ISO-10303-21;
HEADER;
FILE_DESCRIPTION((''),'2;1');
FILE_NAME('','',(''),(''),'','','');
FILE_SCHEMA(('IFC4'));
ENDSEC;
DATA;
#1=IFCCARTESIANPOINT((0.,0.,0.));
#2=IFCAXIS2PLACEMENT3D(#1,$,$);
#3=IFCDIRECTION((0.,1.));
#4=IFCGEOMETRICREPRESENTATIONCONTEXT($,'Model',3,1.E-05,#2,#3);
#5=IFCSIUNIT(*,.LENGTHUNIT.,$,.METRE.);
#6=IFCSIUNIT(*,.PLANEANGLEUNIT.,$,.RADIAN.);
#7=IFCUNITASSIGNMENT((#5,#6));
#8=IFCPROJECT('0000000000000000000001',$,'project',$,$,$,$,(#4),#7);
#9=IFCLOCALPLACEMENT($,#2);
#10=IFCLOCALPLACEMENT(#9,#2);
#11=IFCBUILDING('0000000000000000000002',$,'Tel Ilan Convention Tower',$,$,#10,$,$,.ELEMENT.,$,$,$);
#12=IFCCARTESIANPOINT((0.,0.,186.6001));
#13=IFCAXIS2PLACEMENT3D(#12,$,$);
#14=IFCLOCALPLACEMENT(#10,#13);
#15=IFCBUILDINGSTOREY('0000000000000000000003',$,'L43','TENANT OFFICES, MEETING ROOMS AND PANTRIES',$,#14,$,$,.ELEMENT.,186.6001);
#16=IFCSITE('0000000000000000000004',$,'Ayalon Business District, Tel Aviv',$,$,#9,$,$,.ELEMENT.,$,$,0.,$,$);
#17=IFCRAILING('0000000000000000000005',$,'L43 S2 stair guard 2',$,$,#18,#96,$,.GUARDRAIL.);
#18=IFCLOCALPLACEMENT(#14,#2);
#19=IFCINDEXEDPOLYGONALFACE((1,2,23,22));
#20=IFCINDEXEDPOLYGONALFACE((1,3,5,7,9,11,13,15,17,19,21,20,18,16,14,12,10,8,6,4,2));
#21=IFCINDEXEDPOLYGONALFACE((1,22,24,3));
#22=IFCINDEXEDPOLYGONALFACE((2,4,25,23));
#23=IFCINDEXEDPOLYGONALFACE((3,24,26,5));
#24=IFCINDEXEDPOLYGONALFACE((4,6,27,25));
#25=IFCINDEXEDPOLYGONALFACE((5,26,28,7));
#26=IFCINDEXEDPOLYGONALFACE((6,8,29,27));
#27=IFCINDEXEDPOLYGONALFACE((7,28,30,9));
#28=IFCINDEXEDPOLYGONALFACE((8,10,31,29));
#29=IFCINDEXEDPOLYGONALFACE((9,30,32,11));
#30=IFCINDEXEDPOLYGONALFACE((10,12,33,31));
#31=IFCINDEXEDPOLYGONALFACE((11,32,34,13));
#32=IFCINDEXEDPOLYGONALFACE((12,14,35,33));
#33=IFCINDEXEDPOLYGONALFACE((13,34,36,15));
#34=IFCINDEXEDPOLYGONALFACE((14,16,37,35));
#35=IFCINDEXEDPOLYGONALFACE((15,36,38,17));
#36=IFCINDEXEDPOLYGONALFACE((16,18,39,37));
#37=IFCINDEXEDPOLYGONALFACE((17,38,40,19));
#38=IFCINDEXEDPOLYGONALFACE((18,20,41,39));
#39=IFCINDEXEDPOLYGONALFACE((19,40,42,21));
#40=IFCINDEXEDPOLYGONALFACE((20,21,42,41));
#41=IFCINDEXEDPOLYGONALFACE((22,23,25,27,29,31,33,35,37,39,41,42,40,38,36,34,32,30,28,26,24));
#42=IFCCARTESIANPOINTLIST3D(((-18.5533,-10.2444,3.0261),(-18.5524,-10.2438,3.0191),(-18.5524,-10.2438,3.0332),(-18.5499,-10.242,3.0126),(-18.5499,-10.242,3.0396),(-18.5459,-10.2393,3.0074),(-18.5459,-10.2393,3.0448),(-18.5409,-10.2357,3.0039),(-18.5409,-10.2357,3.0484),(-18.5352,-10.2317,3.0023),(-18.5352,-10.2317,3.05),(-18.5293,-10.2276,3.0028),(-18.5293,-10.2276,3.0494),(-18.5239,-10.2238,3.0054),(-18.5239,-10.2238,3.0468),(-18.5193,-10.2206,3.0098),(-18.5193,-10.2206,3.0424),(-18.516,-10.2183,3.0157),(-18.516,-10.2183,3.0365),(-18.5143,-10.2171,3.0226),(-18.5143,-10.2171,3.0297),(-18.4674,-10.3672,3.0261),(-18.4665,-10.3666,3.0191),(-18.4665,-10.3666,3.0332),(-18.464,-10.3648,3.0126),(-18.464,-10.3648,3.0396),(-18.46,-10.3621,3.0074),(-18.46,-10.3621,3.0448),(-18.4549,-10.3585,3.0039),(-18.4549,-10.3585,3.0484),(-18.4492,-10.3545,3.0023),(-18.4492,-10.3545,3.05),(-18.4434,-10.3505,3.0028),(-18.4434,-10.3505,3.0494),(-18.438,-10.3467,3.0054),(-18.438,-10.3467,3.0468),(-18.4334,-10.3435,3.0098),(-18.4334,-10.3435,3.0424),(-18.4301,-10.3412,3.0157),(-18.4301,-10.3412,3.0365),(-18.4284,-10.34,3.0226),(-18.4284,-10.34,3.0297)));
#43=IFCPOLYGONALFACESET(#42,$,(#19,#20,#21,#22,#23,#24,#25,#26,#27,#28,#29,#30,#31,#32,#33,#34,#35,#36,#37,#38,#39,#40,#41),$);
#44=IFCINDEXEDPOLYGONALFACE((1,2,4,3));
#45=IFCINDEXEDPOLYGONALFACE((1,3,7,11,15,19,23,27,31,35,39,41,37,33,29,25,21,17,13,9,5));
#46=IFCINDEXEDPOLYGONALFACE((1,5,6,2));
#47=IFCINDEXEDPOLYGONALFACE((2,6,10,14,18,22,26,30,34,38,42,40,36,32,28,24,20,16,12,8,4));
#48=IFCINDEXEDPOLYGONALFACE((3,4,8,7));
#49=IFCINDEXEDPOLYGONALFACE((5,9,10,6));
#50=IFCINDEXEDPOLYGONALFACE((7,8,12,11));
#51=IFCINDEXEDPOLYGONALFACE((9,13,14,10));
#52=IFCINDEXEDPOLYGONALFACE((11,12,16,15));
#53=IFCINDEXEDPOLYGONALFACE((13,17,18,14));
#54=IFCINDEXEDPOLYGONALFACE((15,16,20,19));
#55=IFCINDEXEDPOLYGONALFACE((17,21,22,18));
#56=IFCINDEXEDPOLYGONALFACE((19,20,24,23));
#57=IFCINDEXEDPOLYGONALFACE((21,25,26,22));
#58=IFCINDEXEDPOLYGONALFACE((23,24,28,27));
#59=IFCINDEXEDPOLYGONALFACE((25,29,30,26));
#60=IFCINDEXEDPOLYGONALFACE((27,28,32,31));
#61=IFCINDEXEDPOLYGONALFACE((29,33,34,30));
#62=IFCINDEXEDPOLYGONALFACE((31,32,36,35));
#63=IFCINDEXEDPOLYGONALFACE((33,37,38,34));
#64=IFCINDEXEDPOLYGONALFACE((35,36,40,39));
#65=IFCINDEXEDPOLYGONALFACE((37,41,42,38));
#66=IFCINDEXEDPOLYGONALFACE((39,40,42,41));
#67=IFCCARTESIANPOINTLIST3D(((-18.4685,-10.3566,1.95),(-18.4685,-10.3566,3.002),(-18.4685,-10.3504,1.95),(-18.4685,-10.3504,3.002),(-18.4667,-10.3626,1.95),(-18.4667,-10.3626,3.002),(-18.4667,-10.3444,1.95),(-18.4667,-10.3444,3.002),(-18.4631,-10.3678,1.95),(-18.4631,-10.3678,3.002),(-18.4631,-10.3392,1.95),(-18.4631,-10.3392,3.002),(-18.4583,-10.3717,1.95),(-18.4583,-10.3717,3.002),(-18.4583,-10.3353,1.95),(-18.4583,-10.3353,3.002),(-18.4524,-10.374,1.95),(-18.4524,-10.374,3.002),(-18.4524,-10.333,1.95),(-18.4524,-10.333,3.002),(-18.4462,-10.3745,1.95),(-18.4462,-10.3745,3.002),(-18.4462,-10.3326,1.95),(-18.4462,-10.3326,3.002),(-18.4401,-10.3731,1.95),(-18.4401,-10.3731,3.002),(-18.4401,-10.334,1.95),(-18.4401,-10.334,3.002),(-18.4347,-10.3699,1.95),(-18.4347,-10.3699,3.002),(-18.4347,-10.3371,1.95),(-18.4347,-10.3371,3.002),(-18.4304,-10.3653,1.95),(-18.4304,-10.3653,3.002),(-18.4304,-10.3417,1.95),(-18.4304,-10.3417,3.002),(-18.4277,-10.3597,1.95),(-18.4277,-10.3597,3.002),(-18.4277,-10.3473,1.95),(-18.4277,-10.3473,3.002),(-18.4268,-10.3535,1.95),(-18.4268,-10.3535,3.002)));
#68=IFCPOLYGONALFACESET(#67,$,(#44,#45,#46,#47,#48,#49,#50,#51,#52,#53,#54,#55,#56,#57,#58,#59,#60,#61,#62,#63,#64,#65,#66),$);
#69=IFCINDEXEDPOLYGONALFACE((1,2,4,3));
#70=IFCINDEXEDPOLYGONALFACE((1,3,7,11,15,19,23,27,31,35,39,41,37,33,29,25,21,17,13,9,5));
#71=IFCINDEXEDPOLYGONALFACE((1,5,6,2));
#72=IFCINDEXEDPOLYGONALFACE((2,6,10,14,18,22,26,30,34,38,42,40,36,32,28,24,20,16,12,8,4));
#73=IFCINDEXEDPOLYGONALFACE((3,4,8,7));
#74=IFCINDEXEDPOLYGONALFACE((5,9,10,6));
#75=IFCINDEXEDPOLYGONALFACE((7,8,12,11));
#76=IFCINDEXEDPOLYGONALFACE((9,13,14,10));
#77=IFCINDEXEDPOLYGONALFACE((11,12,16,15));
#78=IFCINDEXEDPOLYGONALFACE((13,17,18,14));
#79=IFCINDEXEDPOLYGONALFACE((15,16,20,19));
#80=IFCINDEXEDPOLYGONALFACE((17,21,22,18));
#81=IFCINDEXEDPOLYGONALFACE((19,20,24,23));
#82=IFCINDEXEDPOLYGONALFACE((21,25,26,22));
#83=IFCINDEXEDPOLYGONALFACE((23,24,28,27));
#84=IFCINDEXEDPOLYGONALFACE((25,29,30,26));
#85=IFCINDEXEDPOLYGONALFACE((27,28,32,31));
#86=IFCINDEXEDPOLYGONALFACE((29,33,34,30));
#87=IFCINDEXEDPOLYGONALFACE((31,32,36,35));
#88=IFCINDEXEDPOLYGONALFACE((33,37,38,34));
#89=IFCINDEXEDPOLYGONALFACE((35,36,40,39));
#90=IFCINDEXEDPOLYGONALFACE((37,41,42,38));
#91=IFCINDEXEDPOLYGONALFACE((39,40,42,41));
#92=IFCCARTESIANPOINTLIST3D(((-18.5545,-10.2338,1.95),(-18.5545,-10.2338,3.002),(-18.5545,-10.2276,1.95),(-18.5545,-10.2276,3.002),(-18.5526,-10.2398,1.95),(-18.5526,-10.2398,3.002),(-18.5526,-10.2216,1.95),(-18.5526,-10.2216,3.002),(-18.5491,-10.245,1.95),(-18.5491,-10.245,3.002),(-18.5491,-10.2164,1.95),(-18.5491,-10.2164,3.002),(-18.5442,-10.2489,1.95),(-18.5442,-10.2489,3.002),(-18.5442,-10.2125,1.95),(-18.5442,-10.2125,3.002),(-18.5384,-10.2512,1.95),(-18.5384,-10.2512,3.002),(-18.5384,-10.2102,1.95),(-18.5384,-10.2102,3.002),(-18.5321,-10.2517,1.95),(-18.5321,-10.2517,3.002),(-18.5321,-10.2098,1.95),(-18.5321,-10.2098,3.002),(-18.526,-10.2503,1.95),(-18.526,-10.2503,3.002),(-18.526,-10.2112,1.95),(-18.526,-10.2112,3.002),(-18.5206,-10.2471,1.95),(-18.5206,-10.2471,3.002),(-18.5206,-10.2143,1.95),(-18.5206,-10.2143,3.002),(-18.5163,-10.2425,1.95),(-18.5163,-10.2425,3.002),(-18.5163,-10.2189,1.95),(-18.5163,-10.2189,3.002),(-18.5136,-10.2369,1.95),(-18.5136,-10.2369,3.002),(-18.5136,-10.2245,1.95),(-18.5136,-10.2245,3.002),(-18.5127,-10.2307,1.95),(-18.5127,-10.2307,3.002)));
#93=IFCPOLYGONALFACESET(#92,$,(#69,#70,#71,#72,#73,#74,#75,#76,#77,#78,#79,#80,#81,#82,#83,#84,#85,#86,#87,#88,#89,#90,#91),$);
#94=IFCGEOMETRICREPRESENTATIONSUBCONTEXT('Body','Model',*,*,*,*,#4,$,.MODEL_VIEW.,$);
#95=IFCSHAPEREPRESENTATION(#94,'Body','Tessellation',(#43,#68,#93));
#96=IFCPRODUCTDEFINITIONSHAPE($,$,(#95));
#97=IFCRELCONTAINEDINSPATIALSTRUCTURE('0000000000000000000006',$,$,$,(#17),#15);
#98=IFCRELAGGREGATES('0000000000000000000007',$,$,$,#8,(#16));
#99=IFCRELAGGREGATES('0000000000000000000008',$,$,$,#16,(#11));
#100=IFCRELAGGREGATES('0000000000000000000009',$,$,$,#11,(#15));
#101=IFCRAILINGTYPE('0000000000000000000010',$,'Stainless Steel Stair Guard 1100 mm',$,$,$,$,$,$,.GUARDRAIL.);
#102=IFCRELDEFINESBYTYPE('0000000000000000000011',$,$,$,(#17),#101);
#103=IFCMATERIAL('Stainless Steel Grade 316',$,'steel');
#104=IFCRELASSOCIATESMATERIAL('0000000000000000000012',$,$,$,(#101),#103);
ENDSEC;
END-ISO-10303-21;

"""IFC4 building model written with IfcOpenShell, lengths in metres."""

from ifc_helpers import new_model, si_unit, direction, frame, origin, origin_2d, place, context, subcontext, project, spatial, circle, extrude, material, type_object, element, save


model = new_model("IFC4")

# Units and contexts
model_context = context("Model", 3, precision=1e-05, world=origin(), true_north=direction((0.0, 1.0)))
body_context = subcontext(model_context, "Body", "Model", "MODEL_VIEW")
ifc_project = project(units=[si_unit("LENGTHUNIT", "METRE"), si_unit("PLANEANGLEUNIT", "RADIAN")], contexts=[model_context])

# Site, building, storey
site_placement = place(None, origin())
site = spatial("IfcSite", under=ifc_project, at=site_placement, Name="Ayalon Business District, Tel Aviv", CompositionType="ELEMENT", RefElevation=0.0)
building_placement = place(site_placement, origin())
building = spatial("IfcBuilding", under=site, at=building_placement, Name="Tel Ilan Convention Tower", CompositionType="ELEMENT")
storey_placement = place(building_placement, frame((0.0, 0.0, 186.6001)))
storey = spatial("IfcBuildingStorey", under=building, at=storey_placement, Name="L43", Description="TENANT OFFICES, MEETING ROOMS AND PANTRIES", CompositionType="ELEMENT", Elevation=186.6001)

# Railing
ifc_material_1 = material(Name="Stainless Steel Grade 316", Category="steel")
railing_type_1 = type_object("IfcRailingType", Name="Stainless Steel Stair Guard 1100 mm", PredefinedType="GUARDRAIL", material=ifc_material_1)
railing_1_placement = place(storey_placement, frame((-18.4478, -10.3535, 1.95)))
element("IfcRailing", 1, at=railing_1_placement, inside=storey, type_object=railing_type_1, Name="L43 S2 stair guard 2", PredefinedType="GUARDRAIL", context=body_context, shape_type="SweptSolid", body=[
    extrude(circle(Radius=0.0239, at=origin_2d()), frame((0.0, 0.0, 1.0762), z_axis=(-0.573353, 0.819308, 0.0), x_axis=(-0.819308, -0.573353, 0.0)), (0.0, 0.0, 1.0), 0.1499),
    extrude(circle(Radius=0.021, at=origin_2d()), origin(), (0.0, 0.0, 1.0), 1.052),
    extrude(circle(Radius=0.021, at=origin_2d()), frame((-0.0859, 0.1228, 0.0)), (0.0, 0.0, 1.0), 1.052),
])

save(model, "model.ifc")
